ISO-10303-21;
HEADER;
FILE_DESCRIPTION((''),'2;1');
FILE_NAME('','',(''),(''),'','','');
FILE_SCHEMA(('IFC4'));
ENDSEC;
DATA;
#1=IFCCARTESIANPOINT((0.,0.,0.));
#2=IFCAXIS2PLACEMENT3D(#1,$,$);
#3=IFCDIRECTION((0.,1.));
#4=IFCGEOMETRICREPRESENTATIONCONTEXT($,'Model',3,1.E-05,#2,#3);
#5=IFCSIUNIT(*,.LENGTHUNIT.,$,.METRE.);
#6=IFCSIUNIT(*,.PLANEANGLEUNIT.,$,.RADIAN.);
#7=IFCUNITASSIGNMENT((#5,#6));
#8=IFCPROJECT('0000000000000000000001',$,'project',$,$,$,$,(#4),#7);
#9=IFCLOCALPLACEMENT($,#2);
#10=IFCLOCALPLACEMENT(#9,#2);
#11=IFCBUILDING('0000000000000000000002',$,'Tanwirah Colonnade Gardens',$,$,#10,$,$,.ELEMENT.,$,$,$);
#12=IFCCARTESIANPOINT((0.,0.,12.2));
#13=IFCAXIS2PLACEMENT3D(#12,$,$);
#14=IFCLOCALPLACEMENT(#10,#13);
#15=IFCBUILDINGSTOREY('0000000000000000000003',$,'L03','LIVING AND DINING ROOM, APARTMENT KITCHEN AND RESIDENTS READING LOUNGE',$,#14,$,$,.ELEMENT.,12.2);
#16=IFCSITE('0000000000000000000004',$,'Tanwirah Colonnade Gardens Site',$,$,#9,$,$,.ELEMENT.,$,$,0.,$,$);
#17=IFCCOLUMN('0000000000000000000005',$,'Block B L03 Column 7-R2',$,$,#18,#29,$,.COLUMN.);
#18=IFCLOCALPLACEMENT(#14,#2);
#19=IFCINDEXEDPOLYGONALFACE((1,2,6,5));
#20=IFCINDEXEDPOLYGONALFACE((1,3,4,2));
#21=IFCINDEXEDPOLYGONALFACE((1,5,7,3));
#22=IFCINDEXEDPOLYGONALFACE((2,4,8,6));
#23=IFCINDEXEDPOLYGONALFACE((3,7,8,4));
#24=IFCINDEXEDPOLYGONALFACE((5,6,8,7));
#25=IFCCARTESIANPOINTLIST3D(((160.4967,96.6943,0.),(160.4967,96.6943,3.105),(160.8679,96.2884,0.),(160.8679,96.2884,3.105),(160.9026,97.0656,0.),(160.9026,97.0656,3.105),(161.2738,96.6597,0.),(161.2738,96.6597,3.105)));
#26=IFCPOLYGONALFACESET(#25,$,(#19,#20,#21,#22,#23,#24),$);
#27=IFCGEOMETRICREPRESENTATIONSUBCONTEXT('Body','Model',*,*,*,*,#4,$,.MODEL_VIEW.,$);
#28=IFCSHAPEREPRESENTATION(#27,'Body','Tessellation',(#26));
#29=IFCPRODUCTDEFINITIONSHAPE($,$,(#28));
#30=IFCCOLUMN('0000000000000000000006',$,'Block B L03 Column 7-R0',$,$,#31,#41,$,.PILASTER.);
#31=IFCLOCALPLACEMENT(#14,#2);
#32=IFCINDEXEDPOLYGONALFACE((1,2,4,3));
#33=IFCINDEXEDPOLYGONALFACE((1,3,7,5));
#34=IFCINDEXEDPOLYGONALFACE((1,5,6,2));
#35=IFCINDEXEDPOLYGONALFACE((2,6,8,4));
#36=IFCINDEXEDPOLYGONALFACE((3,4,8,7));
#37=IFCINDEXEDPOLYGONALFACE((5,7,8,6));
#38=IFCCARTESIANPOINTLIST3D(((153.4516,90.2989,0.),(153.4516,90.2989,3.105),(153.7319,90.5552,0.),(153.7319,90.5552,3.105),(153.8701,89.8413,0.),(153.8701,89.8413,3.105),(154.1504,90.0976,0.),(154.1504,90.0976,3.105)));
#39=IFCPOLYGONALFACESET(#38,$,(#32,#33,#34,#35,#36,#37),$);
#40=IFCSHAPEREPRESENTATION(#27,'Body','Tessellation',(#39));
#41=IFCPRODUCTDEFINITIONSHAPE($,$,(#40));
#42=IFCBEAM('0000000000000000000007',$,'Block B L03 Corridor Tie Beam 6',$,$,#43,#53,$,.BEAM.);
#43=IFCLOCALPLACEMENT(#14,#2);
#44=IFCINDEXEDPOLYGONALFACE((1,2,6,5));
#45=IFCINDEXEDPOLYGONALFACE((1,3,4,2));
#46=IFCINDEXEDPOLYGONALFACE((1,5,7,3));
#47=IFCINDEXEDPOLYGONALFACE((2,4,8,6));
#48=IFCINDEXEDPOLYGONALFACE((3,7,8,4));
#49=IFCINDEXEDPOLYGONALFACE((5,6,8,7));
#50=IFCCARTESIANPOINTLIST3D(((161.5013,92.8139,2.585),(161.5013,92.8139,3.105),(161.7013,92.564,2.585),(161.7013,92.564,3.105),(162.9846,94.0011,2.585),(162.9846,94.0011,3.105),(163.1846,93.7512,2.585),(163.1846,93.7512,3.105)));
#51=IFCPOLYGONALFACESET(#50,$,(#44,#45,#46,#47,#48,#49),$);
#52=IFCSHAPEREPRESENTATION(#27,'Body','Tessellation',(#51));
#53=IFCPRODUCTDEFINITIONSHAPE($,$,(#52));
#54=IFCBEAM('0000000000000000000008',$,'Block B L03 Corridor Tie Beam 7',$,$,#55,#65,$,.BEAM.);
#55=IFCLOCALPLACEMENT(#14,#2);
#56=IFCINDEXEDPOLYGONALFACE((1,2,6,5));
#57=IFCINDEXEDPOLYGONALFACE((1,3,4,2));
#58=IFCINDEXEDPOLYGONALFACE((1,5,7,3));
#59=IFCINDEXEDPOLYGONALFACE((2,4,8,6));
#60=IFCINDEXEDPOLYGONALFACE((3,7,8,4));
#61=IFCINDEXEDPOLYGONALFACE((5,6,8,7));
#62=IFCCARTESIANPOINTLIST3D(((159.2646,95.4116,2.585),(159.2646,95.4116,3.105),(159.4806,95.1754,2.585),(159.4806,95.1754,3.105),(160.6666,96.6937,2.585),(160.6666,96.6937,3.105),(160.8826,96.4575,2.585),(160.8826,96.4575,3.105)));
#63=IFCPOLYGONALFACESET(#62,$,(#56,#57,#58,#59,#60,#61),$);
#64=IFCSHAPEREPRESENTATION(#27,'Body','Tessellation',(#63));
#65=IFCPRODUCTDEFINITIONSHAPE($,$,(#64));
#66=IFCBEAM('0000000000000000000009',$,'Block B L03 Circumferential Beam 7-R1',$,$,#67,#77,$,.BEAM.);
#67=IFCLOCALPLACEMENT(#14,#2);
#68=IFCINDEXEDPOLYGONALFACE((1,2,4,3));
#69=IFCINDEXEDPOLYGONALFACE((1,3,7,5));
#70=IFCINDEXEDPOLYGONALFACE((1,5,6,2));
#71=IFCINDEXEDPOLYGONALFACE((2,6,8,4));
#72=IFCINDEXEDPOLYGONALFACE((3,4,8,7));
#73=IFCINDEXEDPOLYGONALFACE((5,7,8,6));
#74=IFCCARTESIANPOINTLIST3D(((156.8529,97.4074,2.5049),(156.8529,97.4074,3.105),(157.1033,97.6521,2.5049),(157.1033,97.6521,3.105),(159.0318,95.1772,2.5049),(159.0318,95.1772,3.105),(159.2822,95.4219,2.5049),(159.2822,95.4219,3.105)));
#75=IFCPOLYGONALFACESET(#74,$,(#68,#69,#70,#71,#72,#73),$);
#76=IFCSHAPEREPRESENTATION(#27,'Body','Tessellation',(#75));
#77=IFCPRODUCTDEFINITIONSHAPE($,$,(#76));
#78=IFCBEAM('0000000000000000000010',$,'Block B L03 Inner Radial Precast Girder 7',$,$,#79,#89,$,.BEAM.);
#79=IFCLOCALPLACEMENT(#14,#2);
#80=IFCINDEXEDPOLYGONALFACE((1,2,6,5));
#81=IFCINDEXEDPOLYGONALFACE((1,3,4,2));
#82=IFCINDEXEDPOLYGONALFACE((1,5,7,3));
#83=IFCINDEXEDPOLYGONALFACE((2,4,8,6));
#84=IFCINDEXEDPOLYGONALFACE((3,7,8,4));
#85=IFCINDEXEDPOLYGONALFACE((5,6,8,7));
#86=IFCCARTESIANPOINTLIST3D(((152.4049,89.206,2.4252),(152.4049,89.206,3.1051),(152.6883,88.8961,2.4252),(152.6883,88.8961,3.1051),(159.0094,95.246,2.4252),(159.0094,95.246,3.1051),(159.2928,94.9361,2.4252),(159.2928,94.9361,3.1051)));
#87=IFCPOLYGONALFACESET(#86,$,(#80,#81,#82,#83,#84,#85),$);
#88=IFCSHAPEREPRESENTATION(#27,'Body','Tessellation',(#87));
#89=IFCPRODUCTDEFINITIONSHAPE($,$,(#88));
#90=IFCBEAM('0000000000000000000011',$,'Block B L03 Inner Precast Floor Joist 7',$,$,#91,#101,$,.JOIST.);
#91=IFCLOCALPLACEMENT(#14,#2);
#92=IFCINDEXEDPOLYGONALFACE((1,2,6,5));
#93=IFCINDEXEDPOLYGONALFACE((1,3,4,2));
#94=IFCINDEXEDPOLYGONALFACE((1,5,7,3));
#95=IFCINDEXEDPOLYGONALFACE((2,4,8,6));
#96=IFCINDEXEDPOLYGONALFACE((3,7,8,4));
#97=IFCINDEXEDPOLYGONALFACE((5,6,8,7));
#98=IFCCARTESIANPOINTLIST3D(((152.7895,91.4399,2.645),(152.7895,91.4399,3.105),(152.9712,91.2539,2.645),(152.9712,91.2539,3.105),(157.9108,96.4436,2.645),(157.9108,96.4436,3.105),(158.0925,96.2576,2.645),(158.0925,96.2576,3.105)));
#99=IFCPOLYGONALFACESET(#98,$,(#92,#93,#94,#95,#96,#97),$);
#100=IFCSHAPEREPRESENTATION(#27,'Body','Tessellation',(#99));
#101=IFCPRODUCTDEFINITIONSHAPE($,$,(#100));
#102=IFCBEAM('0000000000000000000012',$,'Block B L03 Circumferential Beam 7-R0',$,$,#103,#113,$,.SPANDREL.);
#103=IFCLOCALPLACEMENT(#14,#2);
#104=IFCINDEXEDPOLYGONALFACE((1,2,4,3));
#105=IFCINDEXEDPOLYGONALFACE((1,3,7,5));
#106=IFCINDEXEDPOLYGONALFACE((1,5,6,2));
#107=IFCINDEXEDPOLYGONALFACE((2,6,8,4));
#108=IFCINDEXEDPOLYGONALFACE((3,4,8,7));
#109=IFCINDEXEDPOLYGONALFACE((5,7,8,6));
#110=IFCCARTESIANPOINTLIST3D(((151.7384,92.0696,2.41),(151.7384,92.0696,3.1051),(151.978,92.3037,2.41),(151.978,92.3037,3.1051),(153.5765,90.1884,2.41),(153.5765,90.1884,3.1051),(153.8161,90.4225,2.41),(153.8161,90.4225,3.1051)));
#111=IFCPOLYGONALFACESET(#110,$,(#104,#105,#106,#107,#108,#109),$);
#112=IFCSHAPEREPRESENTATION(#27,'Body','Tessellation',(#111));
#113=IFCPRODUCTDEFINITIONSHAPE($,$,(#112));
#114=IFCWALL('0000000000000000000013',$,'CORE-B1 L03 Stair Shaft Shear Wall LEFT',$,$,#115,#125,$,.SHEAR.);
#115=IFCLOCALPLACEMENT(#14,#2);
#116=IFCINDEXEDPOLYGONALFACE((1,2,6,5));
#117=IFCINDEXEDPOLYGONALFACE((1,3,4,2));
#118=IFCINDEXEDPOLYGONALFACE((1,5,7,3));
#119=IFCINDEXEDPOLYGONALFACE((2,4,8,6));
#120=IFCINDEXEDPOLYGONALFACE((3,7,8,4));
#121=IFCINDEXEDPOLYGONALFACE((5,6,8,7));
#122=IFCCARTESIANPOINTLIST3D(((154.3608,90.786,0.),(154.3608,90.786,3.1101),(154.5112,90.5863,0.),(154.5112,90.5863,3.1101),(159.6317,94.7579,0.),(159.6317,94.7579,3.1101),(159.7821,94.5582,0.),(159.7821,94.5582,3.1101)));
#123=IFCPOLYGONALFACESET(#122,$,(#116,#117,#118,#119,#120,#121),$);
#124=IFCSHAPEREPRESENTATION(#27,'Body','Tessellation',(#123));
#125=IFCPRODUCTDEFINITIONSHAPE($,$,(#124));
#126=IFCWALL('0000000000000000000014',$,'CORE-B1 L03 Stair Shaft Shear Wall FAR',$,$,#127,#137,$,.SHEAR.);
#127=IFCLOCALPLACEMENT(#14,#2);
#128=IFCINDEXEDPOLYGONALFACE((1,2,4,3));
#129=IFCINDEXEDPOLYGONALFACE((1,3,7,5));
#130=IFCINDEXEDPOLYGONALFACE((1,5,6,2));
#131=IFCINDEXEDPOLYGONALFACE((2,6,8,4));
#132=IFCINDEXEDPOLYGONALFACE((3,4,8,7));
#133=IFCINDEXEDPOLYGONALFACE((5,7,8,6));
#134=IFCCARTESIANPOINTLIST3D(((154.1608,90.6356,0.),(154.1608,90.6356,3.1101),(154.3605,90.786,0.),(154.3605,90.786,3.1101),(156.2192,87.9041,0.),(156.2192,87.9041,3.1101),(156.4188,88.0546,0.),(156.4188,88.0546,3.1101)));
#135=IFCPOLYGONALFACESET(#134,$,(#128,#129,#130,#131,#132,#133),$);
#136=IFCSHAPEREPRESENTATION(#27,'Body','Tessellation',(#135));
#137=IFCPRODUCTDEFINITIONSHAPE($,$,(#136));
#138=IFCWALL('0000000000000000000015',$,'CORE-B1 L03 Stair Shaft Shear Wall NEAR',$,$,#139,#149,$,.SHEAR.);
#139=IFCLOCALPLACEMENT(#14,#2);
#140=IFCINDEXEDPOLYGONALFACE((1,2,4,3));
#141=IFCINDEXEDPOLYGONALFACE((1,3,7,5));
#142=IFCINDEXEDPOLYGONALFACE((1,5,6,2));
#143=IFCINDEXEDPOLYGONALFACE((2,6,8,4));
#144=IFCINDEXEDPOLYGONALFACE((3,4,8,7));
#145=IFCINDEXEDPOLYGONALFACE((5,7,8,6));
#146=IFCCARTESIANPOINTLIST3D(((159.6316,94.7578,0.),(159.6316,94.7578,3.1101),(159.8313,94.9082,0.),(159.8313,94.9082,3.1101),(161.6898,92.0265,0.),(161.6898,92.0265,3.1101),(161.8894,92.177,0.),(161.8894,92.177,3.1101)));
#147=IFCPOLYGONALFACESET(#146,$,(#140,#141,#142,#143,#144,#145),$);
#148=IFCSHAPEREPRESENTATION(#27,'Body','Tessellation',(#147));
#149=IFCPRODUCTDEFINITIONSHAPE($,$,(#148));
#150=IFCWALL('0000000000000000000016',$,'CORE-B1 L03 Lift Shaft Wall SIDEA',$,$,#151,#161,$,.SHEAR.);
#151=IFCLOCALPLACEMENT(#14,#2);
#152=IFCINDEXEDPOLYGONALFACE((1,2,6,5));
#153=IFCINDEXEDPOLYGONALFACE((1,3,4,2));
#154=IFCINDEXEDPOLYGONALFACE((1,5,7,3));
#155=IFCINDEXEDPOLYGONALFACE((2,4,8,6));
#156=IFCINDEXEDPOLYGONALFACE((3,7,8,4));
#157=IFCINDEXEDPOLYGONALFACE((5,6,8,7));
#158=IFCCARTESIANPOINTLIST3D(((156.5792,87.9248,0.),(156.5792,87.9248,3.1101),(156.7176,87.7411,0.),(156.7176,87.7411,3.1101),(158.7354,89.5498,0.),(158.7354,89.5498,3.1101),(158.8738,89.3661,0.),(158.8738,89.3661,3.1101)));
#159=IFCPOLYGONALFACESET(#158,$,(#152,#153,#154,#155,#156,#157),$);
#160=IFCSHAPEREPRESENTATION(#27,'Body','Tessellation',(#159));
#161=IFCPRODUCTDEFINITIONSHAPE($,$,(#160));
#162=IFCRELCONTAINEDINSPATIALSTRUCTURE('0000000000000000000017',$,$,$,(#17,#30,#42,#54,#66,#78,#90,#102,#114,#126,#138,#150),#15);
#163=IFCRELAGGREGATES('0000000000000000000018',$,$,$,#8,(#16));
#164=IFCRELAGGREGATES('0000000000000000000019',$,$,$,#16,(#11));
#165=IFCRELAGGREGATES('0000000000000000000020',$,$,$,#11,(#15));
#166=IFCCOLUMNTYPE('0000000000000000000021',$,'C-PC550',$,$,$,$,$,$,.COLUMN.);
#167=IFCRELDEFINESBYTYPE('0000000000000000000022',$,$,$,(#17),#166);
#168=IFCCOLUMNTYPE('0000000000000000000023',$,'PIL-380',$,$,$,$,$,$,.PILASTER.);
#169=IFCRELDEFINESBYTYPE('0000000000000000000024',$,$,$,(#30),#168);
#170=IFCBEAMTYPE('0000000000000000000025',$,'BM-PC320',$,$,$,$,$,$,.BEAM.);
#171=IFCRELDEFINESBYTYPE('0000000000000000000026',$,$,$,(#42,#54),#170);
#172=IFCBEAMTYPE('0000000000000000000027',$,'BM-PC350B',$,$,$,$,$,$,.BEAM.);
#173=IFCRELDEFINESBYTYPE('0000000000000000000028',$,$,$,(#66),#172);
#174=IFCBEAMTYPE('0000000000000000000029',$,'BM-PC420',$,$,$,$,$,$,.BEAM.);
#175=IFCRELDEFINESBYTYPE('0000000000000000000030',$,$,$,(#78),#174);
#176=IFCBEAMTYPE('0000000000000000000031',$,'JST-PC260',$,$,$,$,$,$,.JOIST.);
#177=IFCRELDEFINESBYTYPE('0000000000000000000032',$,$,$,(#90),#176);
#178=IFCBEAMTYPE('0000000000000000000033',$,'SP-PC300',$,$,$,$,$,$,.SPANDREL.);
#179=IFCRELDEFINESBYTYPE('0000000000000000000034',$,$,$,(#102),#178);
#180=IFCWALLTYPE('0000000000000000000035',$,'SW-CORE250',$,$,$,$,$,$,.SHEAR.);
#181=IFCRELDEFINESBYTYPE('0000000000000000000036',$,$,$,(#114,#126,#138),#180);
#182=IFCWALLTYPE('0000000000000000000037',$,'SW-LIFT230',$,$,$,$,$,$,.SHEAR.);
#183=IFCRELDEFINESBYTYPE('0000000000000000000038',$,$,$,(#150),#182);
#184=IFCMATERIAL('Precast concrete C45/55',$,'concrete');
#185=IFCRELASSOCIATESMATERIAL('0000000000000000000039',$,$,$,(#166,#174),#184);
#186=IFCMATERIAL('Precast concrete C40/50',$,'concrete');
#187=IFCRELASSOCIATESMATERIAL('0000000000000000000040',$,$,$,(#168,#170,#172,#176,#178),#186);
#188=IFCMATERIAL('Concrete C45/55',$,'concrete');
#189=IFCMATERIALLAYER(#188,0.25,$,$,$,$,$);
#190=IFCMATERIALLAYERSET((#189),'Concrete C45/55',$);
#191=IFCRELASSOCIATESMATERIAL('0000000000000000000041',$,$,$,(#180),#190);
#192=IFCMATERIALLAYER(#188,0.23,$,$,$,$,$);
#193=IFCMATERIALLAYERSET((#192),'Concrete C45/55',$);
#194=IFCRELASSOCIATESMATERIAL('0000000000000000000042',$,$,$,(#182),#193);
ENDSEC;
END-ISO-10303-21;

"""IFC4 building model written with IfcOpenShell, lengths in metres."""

from ifc_helpers import new_model, si_unit, direction, frame, frame_2d, origin, origin_2d, place, context, subcontext, project, spatial, rectangle, extrude, material, layer, layer_set, material_profile, profile_set, type_object, element, save


model = new_model("IFC4")

# Units and contexts
model_context = context("Model", 3, precision=1e-05, world=origin(), true_north=direction((0.0, 1.0)))
body_context = subcontext(model_context, "Body", "Model", "MODEL_VIEW")
ifc_project = project(units=[si_unit("LENGTHUNIT", "METRE"), si_unit("PLANEANGLEUNIT", "RADIAN")], contexts=[model_context])

# Site, building, storey
site_placement = place(None, origin())
site = spatial("IfcSite", under=ifc_project, at=site_placement, Name="Tanwirah Colonnade Gardens Site", CompositionType="ELEMENT", RefElevation=0.0)
building_placement = place(site_placement, origin())
building = spatial("IfcBuilding", under=site, at=building_placement, Name="Tanwirah Colonnade Gardens", CompositionType="ELEMENT")
storey_placement = place(building_placement, frame((0.0, 0.0, 12.2)))
storey = spatial("IfcBuildingStorey", under=building, at=storey_placement, Name="L03", Description="LIVING AND DINING ROOM, APARTMENT KITCHEN AND RESIDENTS READING LOUNGE", CompositionType="ELEMENT", Elevation=12.2)

# Columns
ifc_material_1 = material(Name="Precast concrete C45/55", Category="concrete")
ifc_material_profile_1 = material_profile(ifc_material_1, rectangle(XDim=0.55, YDim=0.55, at=origin_2d()), Name="PC-COL 550x550")
ifc_profile_set_1 = profile_set([ifc_material_profile_1], Name="Precast concrete C45/55")
column_type_1 = type_object("IfcColumnType", Name="C-PC550", PredefinedType="COLUMN", material=ifc_profile_set_1)
column_1_placement = place(storey_placement, frame((160.8853, 96.677, 0.0), z_axis=(0.0, 0.0, 1.0), x_axis=(0.737932, 0.674875, 0.0)))
element("IfcColumn", 1, at=column_1_placement, inside=storey, type_object=column_type_1, Name="Block B L03 Column 7-R2", PredefinedType="COLUMN", context=body_context, shape_type="SweptSolid", body=[
    extrude(rectangle(XDim=0.55, YDim=0.55, at=origin_2d()), origin(), (0.0, 0.0, 1.0), 3.105),
])
ifc_material_2 = material(Name="Precast concrete C40/50", Category="concrete")
ifc_material_profile_2 = material_profile(ifc_material_2, rectangle(XDim=0.3799, YDim=0.6201, at=origin_2d()), Name="PC-PIL 380x620")
ifc_profile_set_2 = profile_set([ifc_material_profile_2], Name="Precast concrete C40/50")
column_type_2 = type_object("IfcColumnType", Name="PIL-380", PredefinedType="PILASTER", material=ifc_profile_set_2)
column_2_placement = place(storey_placement, frame((153.801, 90.1982, 0.0), z_axis=(0.0, 0.0, 1.0), x_axis=(0.737932, 0.674875, 0.0)))
element("IfcColumn", 2, at=column_2_placement, inside=storey, type_object=column_type_2, Name="Block B L03 Column 7-R0", PredefinedType="PILASTER", context=body_context, shape_type="SweptSolid", body=[
    extrude(rectangle(XDim=0.3799, YDim=0.6201, at=origin_2d()), origin(), (0.0, 0.0, 1.0), 3.105),
])

# Beams
ifc_material_profile_3 = material_profile(ifc_material_2, rectangle(XDim=0.3201, YDim=0.52, at=origin_2d()), Name="PC-BM 320x520")
ifc_profile_set_3 = profile_set([ifc_material_profile_3], Name="Precast concrete C40/50")
beam_type_1 = type_object("IfcBeamType", Name="BM-PC320", PredefinedType="BEAM", material=ifc_profile_set_3)
for number, where, z_axis, x_axis, name in (
    (3, (161.6013, 92.689, 2.845), (0.780731, 0.624867, 0.0), (-0.624867, 0.780731, 0.0), "Block B L03 Corridor Tie Beam 6"),
    (4, (159.3726, 95.2935, 2.845), (0.737948, 0.674857, 0.0), (-0.674857, 0.737948, 0.0), "Block B L03 Corridor Tie Beam 7"),
):
    element("IfcBeam", number, at=place(storey_placement, frame(where, z_axis=z_axis, x_axis=x_axis)), inside=storey, type_object=beam_type_1, Name=name, PredefinedType="BEAM", context=body_context, shape_type="SweptSolid", body=[
        extrude(rectangle(XDim=0.3201, YDim=0.52, at=origin_2d()), origin(), (0.0, 0.0, 1.0), 1.8999),
    ])
ifc_material_profile_4 = material_profile(ifc_material_2, rectangle(XDim=0.3501, YDim=0.6001, at=origin_2d()), Name="PC-BM 350x600")
ifc_profile_set_4 = profile_set([ifc_material_profile_4], Name="Precast concrete C40/50")
beam_type_2 = type_object("IfcBeamType", Name="BM-PC350B", PredefinedType="BEAM", material=ifc_profile_set_4)
beam_1_placement = place(storey_placement, frame((159.157, 95.2996, 2.8049), z_axis=(-0.698837, 0.715281, 0.0), x_axis=(-0.715281, -0.698837, 0.0)))
element("IfcBeam", 5, at=beam_1_placement, inside=storey, type_object=beam_type_2, Name="Block B L03 Circumferential Beam 7-R1", PredefinedType="BEAM", context=body_context, shape_type="SweptSolid", body=[
    extrude(rectangle(XDim=0.3501, YDim=0.6001, at=origin_2d()), origin(), (0.0, 0.0, 1.0), 3.1179),
])
ifc_material_profile_5 = material_profile(ifc_material_1, rectangle(XDim=0.4199, YDim=0.6799, at=origin_2d()), Name="PC-BM 420x680")
ifc_profile_set_5 = profile_set([ifc_material_profile_5], Name="Precast concrete C45/55")
beam_type_3 = type_object("IfcBeamType", Name="BM-PC420", PredefinedType="BEAM", material=ifc_profile_set_5)
beam_2_placement = place(storey_placement, frame((159.1511, 95.0911, 2.7651), z_axis=(-0.737937, -0.674869, 0.0), x_axis=(0.674869, -0.737937, 0.0)))
element("IfcBeam", 6, at=beam_2_placement, inside=storey, type_object=beam_type_3, Name="Block B L03 Inner Radial Precast Girder 7", PredefinedType="BEAM", context=body_context, shape_type="SweptSolid", body=[
    extrude(rectangle(XDim=0.4199, YDim=0.6799, at=origin_2d()), origin(), (0.0, 0.0, 1.0), 8.95),
])
ifc_material_profile_6 = material_profile(ifc_material_2, rectangle(XDim=0.26, YDim=0.46, at=origin_2d()), Name="PC-JST 260x460")
ifc_profile_set_6 = profile_set([ifc_material_profile_6], Name="Precast concrete C40/50")
beam_type_4 = type_object("IfcBeamType", Name="JST-PC260", PredefinedType="JOIST", material=ifc_profile_set_6)
beam_3_placement = place(storey_placement, frame((152.8804, 91.3469, 2.875), z_axis=(0.715277, 0.698841, 0.0), x_axis=(-0.698841, 0.715277, 0.0)))
element("IfcBeam", 7, at=beam_3_placement, inside=storey, type_object=beam_type_4, Name="Block B L03 Inner Precast Floor Joist 7", PredefinedType="JOIST", context=body_context, shape_type="SweptSolid", body=[
    extrude(rectangle(XDim=0.26, YDim=0.46, at=origin_2d()), origin(), (0.0, 0.0, 1.0), 7.1599),
])
ifc_material_profile_7 = material_profile(ifc_material_2, rectangle(XDim=0.335, YDim=0.6951, at=origin_2d()), Name="PC-SP 335x695")
ifc_profile_set_7 = profile_set([ifc_material_profile_7], Name="Precast concrete C40/50")
beam_type_5 = type_object("IfcBeamType", Name="SP-PC300", PredefinedType="SPANDREL", material=ifc_profile_set_7)
beam_4_placement = place(storey_placement, frame((153.6963, 90.3054, 2.7576), z_axis=(-0.698844, 0.715274, 0.0), x_axis=(-0.715274, -0.698844, 0.0)))
element("IfcBeam", 8, at=beam_4_placement, inside=storey, type_object=beam_type_5, Name="Block B L03 Circumferential Beam 7-R0", PredefinedType="SPANDREL", context=body_context, shape_type="SweptSolid", body=[
    extrude(rectangle(XDim=0.335, YDim=0.6951, at=origin_2d()), origin(), (0.0, 0.0, 1.0), 2.6301),
])

# Walls
ifc_material_3 = material(Name="Concrete C45/55", Category="concrete")
ifc_layer_1 = layer(ifc_material_3, 0.25)
ifc_layer_set_1 = layer_set([ifc_layer_1], Name="Concrete C45/55")
wall_type_1 = type_object("IfcWallType", Name="SW-CORE250", PredefinedType="SHEAR", material=ifc_layer_set_1)
wall_1_placement = place(storey_placement, frame((159.7068, 94.658, 0.0), z_axis=(0.0, 0.0, 1.0), x_axis=(-0.79864, -0.60181, 0.0)))
element("IfcWall", 9, at=wall_1_placement, inside=storey, type_object=wall_type_1, Name="CORE-B1 L03 Stair Shaft Shear Wall LEFT", PredefinedType="SHEAR", context=body_context, shape_type="SweptSolid", body=[
    extrude(rectangle(XDim=6.5999, YDim=0.25, at=frame_2d((3.2998, 0.0))), origin(), (0.0, 0.0, 1.0), 3.1101),
])
wall_2_placement = place(storey_placement, frame((154.2607, 90.7107, 0.0), z_axis=(0.0, 0.0, 1.0), x_axis=(0.601826, -0.798627, 0.0)))
element("IfcWall", 10, at=wall_2_placement, inside=storey, type_object=wall_type_1, Name="CORE-B1 L03 Stair Shaft Shear Wall FAR", PredefinedType="SHEAR", context=body_context, shape_type="SweptSolid", body=[
    extrude(rectangle(XDim=3.4202, YDim=0.25, at=frame_2d((1.71, 0.0))), origin(), (0.0, 0.0, 1.0), 3.1101),
])
wall_3_placement = place(storey_placement, frame((159.7314, 94.833, 0.0), z_axis=(0.0, 0.0, 1.0), x_axis=(0.601815, -0.798636, 0.0)))
element("IfcWall", 11, at=wall_3_placement, inside=storey, type_object=wall_type_1, Name="CORE-B1 L03 Stair Shaft Shear Wall NEAR", PredefinedType="SHEAR", context=body_context, shape_type="SweptSolid", body=[
    extrude(rectangle(XDim=3.4199, YDim=0.25, at=frame_2d((1.71, 0.0))), origin(), (0.0, 0.0, 1.0), 3.1101),
])

# Shared definitions
ifc_layer_2 = layer(ifc_material_3, 0.23)
ifc_layer_set_2 = layer_set([ifc_layer_2], Name="Concrete C45/55")
wall_type_2 = type_object("IfcWallType", Name="SW-LIFT230", PredefinedType="SHEAR", material=ifc_layer_set_2)

# Wall
wall_4_placement = place(storey_placement, frame((158.8047, 89.458, 0.0), z_axis=(0.0, 0.0, 1.0), x_axis=(-0.798609, -0.60185, 0.0)))
element("IfcWall", 12, at=wall_4_placement, inside=storey, type_object=wall_type_2, Name="CORE-B1 L03 Lift Shaft Wall SIDEA", PredefinedType="SHEAR", context=body_context, shape_type="SweptSolid", body=[
    extrude(rectangle(XDim=2.7, YDim=0.23, at=frame_2d((1.3501, 0.0))), origin(), (0.0, 0.0, 1.0), 3.1101),
])

save(model, "model.ifc")
